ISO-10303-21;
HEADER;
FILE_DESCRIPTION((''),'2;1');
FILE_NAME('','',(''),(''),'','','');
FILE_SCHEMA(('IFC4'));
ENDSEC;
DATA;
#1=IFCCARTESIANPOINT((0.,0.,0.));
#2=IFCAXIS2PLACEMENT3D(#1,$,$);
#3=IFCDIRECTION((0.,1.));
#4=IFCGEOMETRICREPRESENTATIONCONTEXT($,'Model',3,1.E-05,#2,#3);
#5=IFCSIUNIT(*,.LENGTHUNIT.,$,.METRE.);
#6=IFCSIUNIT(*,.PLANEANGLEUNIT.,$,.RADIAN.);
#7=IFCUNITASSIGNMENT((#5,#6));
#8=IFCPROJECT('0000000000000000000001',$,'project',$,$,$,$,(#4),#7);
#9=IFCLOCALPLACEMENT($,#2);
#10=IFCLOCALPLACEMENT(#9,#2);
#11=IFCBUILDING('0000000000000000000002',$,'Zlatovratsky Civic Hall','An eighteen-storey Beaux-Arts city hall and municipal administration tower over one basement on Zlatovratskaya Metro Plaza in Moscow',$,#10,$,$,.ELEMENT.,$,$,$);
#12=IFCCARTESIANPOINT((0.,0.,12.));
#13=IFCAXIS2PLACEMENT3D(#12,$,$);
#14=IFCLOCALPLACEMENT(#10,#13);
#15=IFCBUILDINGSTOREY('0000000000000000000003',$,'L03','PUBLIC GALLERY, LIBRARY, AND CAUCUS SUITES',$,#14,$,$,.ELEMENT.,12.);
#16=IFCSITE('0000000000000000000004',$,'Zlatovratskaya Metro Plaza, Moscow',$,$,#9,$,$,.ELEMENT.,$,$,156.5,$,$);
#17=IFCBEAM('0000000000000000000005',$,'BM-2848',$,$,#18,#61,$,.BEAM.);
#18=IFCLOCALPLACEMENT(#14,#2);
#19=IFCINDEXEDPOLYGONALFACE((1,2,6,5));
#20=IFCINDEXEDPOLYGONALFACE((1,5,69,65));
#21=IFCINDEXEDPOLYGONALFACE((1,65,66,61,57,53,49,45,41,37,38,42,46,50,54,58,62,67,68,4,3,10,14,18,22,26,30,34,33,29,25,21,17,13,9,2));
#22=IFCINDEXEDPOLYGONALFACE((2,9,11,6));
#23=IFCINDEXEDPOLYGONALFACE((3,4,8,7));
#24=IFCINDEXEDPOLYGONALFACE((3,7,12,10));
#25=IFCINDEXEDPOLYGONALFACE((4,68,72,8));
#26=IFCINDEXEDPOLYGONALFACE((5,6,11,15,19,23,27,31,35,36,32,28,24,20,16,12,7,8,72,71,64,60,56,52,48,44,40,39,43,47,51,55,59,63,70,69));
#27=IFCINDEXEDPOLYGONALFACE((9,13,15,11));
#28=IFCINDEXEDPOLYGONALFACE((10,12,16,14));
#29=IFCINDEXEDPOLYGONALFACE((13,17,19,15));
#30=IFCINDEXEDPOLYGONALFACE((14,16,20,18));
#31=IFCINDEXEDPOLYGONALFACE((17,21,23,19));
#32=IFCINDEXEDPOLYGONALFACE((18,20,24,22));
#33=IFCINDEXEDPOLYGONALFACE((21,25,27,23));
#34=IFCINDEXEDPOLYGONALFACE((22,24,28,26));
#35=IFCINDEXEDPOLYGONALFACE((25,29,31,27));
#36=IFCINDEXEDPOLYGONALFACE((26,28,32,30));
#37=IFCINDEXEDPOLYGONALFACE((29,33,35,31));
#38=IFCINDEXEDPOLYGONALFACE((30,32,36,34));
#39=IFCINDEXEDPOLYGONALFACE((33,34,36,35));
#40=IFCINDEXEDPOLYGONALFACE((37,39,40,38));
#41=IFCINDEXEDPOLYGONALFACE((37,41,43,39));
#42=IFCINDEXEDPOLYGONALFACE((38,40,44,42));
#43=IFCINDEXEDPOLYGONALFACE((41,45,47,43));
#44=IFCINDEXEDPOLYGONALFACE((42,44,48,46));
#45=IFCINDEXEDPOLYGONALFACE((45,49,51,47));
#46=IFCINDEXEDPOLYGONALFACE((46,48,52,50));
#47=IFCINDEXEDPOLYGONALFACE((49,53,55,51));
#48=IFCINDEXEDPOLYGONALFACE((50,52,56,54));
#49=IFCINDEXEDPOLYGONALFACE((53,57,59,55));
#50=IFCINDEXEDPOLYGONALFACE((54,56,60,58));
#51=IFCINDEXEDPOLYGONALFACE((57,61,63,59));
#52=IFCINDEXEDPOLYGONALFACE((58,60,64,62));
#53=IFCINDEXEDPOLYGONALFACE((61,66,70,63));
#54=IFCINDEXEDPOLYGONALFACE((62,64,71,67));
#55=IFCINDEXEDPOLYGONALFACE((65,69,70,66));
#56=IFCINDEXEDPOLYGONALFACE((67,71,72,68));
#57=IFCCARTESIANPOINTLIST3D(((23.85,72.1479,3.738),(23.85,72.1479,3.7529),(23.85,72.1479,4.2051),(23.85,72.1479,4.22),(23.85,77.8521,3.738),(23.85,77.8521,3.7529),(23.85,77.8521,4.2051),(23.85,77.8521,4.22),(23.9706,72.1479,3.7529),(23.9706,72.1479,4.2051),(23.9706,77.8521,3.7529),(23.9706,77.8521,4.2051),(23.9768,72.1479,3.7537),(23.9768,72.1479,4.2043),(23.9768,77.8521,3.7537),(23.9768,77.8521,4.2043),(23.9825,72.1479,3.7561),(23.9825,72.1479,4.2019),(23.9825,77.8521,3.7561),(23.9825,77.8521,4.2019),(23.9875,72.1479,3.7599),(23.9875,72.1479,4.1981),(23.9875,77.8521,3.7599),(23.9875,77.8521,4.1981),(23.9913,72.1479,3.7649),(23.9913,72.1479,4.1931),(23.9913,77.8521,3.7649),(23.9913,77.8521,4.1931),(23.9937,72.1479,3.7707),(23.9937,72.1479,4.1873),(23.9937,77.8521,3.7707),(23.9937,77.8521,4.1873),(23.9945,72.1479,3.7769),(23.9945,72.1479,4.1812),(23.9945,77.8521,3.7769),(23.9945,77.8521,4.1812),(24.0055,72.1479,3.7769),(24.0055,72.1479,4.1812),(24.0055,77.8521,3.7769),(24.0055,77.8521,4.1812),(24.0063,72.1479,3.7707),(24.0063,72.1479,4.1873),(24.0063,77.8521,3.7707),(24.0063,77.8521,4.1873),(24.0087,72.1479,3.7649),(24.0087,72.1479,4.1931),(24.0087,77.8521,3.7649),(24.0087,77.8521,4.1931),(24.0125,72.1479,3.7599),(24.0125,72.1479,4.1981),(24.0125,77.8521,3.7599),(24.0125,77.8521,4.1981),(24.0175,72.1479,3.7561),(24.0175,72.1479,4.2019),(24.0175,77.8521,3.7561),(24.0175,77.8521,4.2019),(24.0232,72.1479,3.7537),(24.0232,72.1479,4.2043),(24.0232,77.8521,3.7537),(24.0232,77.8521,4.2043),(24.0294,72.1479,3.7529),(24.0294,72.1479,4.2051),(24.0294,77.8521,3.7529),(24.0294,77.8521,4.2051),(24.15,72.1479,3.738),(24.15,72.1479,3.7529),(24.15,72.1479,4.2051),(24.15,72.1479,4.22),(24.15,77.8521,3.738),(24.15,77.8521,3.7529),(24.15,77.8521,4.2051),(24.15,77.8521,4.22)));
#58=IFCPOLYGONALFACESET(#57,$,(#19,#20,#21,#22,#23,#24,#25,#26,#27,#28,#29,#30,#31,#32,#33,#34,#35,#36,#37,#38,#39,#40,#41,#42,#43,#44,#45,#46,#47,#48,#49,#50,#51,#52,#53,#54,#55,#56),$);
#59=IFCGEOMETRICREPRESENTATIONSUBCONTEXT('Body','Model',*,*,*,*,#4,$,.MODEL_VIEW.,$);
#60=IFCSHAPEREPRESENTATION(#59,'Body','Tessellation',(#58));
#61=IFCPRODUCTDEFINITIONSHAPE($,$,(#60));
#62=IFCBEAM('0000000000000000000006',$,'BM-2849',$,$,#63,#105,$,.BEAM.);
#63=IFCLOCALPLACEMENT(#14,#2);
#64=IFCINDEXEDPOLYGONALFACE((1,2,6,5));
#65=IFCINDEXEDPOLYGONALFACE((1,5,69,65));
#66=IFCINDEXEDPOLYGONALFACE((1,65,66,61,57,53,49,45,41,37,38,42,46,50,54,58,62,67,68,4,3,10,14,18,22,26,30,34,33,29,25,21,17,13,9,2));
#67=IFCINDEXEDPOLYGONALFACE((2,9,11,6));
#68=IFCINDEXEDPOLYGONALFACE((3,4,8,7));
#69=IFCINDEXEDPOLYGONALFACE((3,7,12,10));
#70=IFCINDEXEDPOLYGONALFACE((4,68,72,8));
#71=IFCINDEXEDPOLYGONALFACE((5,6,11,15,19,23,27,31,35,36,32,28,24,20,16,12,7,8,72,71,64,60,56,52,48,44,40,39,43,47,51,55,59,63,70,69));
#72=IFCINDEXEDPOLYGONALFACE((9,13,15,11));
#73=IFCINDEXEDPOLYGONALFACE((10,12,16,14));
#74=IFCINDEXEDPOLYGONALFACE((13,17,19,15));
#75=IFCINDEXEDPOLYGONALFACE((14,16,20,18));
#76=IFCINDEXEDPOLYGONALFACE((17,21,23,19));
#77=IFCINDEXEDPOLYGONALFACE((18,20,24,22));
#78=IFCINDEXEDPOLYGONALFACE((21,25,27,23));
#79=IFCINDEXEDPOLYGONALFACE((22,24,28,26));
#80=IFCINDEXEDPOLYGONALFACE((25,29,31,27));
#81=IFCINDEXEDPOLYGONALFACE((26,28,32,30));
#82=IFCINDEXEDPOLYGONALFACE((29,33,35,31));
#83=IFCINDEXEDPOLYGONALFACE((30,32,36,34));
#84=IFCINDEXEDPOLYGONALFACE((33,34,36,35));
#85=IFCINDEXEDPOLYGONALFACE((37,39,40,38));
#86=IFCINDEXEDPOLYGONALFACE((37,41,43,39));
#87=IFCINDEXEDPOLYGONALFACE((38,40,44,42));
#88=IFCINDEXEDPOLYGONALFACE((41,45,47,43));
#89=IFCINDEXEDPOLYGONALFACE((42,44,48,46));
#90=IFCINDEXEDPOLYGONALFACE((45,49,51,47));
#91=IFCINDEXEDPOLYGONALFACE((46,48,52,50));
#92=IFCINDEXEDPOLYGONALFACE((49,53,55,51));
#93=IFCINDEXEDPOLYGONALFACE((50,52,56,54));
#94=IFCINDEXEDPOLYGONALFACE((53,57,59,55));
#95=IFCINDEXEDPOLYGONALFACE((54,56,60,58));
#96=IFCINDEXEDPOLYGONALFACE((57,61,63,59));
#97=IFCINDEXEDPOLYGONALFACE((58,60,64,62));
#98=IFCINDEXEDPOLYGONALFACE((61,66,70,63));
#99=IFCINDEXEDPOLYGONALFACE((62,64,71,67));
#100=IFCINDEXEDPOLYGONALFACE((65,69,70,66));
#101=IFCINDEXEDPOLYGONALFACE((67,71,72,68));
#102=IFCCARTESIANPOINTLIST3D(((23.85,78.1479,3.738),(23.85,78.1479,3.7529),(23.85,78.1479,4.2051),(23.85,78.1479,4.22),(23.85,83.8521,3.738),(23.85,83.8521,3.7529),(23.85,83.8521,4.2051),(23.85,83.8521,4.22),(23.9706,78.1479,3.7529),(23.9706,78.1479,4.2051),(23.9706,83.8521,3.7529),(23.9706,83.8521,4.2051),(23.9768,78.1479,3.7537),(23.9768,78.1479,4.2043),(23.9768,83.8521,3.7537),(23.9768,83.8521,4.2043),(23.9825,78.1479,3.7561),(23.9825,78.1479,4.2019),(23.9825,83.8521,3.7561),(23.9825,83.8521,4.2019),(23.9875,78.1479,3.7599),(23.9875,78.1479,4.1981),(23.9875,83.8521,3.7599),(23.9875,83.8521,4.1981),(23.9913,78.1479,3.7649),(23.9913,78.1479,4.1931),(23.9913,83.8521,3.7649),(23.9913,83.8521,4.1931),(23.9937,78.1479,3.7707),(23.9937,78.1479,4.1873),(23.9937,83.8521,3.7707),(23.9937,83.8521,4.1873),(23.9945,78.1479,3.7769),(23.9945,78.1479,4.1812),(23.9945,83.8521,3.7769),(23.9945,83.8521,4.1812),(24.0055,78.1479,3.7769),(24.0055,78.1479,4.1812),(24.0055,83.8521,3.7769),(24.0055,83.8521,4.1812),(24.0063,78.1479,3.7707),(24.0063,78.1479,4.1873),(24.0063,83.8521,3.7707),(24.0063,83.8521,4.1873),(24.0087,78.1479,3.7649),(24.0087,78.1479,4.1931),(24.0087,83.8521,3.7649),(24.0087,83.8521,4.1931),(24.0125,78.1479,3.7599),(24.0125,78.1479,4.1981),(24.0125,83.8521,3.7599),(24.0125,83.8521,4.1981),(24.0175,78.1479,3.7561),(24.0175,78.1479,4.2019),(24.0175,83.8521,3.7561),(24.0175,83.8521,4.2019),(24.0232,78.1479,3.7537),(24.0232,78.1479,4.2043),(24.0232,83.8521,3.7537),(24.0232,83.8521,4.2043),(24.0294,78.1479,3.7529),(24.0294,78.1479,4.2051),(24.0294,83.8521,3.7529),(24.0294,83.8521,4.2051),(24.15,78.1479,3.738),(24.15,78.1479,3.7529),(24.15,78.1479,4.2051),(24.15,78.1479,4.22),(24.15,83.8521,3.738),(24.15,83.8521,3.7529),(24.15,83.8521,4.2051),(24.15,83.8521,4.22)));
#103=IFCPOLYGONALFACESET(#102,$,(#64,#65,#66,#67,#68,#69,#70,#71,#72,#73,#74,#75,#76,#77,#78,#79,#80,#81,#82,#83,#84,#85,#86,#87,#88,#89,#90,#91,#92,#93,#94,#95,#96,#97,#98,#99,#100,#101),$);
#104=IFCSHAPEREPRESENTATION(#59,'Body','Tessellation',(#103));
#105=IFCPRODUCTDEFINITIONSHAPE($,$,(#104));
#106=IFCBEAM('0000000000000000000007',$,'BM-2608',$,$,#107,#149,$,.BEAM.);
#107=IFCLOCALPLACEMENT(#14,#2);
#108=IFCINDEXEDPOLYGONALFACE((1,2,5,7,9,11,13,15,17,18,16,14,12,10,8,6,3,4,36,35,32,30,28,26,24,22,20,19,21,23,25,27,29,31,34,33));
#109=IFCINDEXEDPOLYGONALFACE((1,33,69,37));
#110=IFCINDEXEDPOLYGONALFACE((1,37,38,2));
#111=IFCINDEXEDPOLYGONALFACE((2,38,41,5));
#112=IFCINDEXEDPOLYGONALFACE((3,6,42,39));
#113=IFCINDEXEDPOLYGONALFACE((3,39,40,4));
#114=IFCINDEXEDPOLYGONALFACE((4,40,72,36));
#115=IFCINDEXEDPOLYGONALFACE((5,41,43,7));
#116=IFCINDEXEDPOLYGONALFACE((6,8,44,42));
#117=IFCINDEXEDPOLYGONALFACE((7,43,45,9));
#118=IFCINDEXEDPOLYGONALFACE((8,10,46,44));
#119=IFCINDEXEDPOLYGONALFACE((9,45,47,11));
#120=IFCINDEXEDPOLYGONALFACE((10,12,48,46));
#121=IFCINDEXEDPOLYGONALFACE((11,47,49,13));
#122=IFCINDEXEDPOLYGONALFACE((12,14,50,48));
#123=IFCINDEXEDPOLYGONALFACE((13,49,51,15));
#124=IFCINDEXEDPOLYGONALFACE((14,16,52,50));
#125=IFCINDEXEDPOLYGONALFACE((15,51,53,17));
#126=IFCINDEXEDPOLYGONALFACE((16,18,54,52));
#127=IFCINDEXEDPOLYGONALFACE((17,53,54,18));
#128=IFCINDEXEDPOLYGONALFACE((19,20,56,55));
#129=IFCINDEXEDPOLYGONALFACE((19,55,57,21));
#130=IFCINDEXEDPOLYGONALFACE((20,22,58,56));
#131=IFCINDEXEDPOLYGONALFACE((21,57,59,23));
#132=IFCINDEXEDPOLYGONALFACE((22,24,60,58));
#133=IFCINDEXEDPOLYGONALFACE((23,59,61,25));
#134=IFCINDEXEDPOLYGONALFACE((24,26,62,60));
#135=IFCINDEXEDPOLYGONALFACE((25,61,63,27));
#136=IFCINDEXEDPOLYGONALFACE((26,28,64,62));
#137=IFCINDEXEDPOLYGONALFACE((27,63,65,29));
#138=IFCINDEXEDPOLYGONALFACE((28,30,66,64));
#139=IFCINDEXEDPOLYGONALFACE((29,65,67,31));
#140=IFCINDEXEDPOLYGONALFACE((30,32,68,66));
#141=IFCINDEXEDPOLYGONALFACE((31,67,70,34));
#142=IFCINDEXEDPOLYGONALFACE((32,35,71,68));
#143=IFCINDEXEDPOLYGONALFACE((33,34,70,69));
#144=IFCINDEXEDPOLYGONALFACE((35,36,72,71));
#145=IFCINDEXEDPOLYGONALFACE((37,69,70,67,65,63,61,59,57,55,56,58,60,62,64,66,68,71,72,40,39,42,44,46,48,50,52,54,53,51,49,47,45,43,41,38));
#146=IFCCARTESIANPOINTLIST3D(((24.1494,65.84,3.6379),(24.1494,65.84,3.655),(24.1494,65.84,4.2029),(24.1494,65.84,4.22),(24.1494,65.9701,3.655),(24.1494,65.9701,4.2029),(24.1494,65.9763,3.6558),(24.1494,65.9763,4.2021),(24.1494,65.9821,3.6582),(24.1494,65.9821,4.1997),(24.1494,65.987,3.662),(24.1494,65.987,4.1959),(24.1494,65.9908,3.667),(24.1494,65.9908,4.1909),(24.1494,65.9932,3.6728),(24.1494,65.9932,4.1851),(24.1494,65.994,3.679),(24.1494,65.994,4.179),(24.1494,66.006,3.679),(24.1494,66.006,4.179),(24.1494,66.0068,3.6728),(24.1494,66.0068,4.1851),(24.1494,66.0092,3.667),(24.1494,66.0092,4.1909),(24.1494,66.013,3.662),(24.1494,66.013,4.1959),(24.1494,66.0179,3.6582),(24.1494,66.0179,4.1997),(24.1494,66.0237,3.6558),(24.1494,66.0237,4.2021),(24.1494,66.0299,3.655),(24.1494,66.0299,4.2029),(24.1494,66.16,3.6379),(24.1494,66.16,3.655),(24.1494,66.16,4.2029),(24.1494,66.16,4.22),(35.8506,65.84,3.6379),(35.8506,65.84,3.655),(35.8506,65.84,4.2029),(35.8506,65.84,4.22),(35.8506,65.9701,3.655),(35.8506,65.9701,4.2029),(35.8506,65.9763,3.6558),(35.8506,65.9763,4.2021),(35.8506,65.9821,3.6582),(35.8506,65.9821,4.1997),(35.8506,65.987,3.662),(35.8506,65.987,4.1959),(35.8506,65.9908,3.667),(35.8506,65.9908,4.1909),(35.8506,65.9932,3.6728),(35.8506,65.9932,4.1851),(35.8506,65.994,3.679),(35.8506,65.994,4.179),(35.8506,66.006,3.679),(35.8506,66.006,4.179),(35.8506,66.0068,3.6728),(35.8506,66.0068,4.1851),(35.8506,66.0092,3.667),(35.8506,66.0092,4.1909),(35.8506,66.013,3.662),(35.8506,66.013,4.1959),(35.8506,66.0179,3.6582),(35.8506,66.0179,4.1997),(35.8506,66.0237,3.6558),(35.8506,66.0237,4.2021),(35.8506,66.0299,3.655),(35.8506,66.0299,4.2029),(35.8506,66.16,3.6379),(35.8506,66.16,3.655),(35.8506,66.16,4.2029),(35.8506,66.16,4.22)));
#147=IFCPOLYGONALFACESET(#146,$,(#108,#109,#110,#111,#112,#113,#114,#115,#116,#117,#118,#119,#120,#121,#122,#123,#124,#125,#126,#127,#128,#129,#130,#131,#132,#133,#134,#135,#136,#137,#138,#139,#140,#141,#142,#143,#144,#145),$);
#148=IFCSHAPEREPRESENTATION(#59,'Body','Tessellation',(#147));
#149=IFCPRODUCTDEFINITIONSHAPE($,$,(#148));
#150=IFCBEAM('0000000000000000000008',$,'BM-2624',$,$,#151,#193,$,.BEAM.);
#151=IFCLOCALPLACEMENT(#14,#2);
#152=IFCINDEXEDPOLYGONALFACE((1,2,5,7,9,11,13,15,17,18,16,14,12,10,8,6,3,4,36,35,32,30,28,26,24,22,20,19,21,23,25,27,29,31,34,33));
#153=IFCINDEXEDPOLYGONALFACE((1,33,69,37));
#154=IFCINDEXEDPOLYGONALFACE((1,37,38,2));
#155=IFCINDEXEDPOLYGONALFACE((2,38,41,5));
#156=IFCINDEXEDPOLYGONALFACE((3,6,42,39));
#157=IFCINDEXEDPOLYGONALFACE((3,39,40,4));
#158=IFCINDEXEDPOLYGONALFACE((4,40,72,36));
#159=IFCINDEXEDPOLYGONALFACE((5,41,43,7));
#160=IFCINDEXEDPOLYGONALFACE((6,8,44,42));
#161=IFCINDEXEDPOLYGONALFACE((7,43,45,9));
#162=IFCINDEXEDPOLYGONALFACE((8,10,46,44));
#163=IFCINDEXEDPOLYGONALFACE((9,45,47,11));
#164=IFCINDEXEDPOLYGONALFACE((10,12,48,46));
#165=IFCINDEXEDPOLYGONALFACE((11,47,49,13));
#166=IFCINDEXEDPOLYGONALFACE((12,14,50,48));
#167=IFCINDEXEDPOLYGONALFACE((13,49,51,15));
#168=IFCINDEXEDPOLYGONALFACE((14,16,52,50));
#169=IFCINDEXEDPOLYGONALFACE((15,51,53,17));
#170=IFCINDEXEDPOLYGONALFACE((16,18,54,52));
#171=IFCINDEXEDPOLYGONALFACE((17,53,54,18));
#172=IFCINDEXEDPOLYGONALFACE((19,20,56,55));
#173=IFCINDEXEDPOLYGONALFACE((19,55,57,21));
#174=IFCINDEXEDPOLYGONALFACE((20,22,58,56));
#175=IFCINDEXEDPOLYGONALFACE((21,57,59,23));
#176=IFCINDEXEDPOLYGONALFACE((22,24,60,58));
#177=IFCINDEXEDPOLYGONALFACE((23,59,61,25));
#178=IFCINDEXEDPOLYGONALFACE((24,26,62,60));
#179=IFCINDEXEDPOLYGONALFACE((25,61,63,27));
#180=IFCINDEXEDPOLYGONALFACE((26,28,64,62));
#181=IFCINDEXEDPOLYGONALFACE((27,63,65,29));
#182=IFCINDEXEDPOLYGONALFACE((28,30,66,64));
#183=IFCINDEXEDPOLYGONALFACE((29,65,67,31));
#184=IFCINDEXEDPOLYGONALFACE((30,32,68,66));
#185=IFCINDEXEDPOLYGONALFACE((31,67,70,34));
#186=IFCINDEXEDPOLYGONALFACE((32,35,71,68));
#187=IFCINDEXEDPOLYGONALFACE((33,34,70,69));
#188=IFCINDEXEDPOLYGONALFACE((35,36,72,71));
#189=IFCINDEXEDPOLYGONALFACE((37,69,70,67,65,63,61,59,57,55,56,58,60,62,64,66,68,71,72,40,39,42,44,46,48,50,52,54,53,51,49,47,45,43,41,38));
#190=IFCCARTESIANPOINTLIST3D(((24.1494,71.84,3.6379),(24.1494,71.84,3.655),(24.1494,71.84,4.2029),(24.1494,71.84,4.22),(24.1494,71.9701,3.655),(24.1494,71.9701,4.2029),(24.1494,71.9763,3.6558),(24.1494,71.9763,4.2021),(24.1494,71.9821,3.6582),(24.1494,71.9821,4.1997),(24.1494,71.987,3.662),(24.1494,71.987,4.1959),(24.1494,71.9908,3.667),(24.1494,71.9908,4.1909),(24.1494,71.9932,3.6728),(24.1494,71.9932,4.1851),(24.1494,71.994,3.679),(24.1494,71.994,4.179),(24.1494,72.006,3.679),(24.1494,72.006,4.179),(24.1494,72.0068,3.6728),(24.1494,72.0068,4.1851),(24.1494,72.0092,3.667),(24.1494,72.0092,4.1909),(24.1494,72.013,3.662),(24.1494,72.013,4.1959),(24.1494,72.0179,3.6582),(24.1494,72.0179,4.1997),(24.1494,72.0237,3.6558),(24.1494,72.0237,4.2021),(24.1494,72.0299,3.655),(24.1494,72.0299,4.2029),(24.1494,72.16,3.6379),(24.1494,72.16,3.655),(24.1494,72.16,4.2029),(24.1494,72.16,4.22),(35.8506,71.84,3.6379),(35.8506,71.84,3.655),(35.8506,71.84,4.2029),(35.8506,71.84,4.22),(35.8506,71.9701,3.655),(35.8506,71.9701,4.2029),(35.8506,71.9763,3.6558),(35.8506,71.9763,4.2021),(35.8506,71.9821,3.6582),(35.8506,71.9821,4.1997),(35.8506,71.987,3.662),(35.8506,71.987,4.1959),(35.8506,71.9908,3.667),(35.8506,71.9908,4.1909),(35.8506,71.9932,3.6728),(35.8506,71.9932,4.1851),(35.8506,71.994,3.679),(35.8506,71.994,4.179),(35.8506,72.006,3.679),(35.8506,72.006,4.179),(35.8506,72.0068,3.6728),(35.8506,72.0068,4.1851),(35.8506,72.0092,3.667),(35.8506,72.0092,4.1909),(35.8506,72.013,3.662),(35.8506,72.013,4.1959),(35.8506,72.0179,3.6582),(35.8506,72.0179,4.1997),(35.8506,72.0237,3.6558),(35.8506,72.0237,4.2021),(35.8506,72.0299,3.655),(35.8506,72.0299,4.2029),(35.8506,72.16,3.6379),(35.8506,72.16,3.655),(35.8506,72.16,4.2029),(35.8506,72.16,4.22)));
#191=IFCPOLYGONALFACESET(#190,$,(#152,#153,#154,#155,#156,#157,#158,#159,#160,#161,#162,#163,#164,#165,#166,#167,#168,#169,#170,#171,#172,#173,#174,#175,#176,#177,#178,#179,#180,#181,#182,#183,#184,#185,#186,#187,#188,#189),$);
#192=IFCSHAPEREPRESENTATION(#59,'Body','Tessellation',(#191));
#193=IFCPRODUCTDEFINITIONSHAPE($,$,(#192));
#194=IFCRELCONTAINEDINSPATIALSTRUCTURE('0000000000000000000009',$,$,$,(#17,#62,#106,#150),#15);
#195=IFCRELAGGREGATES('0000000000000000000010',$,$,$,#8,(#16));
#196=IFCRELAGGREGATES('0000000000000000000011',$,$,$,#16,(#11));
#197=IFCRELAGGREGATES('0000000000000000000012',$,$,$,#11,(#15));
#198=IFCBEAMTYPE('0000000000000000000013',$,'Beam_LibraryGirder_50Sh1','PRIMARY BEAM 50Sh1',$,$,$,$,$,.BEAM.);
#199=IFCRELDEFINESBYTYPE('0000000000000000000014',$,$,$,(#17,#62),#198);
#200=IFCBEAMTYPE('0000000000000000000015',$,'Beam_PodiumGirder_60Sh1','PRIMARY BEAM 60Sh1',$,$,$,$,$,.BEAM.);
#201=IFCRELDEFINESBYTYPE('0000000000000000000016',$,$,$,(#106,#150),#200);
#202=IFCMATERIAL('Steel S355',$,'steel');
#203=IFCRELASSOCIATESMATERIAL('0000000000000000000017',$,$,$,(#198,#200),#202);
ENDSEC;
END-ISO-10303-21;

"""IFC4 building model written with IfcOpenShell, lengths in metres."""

from ifc_helpers import new_model, si_unit, direction, frame, origin, origin_2d, place, context, subcontext, project, spatial, i_section, extrude, material, material_profile, profile_set, type_object, element, save


model = new_model("IFC4")

# Units and contexts
model_context = context("Model", 3, precision=1e-05, world=origin(), true_north=direction((0.0, 1.0)))
body_context = subcontext(model_context, "Body", "Model", "MODEL_VIEW")
ifc_project = project(units=[si_unit("LENGTHUNIT", "METRE"), si_unit("PLANEANGLEUNIT", "RADIAN")], contexts=[model_context])

# Site, building, storey
site_placement = place(None, origin())
site = spatial("IfcSite", under=ifc_project, at=site_placement, Name="Zlatovratskaya Metro Plaza, Moscow", CompositionType="ELEMENT", RefElevation=156.5)
building_placement = place(site_placement, origin())
building = spatial("IfcBuilding", under=site, at=building_placement, Name="Zlatovratsky Civic Hall", Description="An eighteen-storey Beaux-Arts city hall and municipal administration tower over one basement on Zlatovratskaya Metro Plaza in Moscow", CompositionType="ELEMENT")
storey_placement = place(building_placement, frame((0.0, 0.0, 12.0)))
storey = spatial("IfcBuildingStorey", under=building, at=storey_placement, Name="L03", Description="PUBLIC GALLERY, LIBRARY, AND CAUCUS SUITES", CompositionType="ELEMENT", Elevation=12.0)

# Shared definitions
ifc_material_1 = material(Name="Steel S355", Category="steel")

# Beams
ifc_material_profile_1 = material_profile(ifc_material_1, i_section(OverallWidth=0.3, OverallDepth=0.4819, WebThickness=0.011, FlangeThickness=0.0149, FilletRadius=0.0239, at=origin_2d()), Name="50Sh1")
ifc_profile_set_1 = profile_set([ifc_material_profile_1], Name="Steel S355")
beam_type_1 = type_object("IfcBeamType", Name="Beam_LibraryGirder_50Sh1", Description="PRIMARY BEAM 50Sh1", PredefinedType="BEAM", material=ifc_profile_set_1)
for number, where, z_axis, x_axis, name in (
    (1, (24.0, 72.1479, 3.979), (0.0, 1.0, 0.0), (-1.0, 0.0, 0.0), "BM-2848"),
    (2, (24.0, 78.1479, 3.979), (0.0, 1.0, 0.0), (-1.0, 0.0, 0.0), "BM-2849"),
):
    element("IfcBeam", number, at=place(storey_placement, frame(where, z_axis=z_axis, x_axis=x_axis)), inside=storey, type_object=beam_type_1, Name=name, PredefinedType="BEAM", context=body_context, shape_type="SweptSolid", body=[
        extrude(i_section(OverallWidth=0.3, OverallDepth=0.4819, WebThickness=0.011, FlangeThickness=0.0149, FilletRadius=0.0239, at=origin_2d()), origin(), (0.0, 0.0, 1.0), 5.7041),
    ])
ifc_material_profile_2 = material_profile(ifc_material_1, i_section(OverallWidth=0.3201, OverallDepth=0.582, WebThickness=0.012, FlangeThickness=0.0171, FilletRadius=0.0239, at=origin_2d()), Name="60Sh1")
ifc_profile_set_2 = profile_set([ifc_material_profile_2], Name="Steel S355")
beam_type_2 = type_object("IfcBeamType", Name="Beam_PodiumGirder_60Sh1", Description="PRIMARY BEAM 60Sh1", PredefinedType="BEAM", material=ifc_profile_set_2)
for number, where, z_axis, x_axis, name in (
    (3, (24.1494, 66.0, 3.929), (1.0, 0.0, 0.0), (0.0, 1.0, 0.0), "BM-2608"),
    (4, (24.1494, 72.0, 3.929), (1.0, 0.0, 0.0), (0.0, 1.0, 0.0), "BM-2624"),
):
    element("IfcBeam", number, at=place(storey_placement, frame(where, z_axis=z_axis, x_axis=x_axis)), inside=storey, type_object=beam_type_2, Name=name, PredefinedType="BEAM", context=body_context, shape_type="SweptSolid", body=[
        extrude(i_section(OverallWidth=0.3201, OverallDepth=0.582, WebThickness=0.012, FlangeThickness=0.0171, FilletRadius=0.0239, at=origin_2d()), origin(), (0.0, 0.0, 1.0), 11.7012),
    ])

save(model, "model.ifc")
